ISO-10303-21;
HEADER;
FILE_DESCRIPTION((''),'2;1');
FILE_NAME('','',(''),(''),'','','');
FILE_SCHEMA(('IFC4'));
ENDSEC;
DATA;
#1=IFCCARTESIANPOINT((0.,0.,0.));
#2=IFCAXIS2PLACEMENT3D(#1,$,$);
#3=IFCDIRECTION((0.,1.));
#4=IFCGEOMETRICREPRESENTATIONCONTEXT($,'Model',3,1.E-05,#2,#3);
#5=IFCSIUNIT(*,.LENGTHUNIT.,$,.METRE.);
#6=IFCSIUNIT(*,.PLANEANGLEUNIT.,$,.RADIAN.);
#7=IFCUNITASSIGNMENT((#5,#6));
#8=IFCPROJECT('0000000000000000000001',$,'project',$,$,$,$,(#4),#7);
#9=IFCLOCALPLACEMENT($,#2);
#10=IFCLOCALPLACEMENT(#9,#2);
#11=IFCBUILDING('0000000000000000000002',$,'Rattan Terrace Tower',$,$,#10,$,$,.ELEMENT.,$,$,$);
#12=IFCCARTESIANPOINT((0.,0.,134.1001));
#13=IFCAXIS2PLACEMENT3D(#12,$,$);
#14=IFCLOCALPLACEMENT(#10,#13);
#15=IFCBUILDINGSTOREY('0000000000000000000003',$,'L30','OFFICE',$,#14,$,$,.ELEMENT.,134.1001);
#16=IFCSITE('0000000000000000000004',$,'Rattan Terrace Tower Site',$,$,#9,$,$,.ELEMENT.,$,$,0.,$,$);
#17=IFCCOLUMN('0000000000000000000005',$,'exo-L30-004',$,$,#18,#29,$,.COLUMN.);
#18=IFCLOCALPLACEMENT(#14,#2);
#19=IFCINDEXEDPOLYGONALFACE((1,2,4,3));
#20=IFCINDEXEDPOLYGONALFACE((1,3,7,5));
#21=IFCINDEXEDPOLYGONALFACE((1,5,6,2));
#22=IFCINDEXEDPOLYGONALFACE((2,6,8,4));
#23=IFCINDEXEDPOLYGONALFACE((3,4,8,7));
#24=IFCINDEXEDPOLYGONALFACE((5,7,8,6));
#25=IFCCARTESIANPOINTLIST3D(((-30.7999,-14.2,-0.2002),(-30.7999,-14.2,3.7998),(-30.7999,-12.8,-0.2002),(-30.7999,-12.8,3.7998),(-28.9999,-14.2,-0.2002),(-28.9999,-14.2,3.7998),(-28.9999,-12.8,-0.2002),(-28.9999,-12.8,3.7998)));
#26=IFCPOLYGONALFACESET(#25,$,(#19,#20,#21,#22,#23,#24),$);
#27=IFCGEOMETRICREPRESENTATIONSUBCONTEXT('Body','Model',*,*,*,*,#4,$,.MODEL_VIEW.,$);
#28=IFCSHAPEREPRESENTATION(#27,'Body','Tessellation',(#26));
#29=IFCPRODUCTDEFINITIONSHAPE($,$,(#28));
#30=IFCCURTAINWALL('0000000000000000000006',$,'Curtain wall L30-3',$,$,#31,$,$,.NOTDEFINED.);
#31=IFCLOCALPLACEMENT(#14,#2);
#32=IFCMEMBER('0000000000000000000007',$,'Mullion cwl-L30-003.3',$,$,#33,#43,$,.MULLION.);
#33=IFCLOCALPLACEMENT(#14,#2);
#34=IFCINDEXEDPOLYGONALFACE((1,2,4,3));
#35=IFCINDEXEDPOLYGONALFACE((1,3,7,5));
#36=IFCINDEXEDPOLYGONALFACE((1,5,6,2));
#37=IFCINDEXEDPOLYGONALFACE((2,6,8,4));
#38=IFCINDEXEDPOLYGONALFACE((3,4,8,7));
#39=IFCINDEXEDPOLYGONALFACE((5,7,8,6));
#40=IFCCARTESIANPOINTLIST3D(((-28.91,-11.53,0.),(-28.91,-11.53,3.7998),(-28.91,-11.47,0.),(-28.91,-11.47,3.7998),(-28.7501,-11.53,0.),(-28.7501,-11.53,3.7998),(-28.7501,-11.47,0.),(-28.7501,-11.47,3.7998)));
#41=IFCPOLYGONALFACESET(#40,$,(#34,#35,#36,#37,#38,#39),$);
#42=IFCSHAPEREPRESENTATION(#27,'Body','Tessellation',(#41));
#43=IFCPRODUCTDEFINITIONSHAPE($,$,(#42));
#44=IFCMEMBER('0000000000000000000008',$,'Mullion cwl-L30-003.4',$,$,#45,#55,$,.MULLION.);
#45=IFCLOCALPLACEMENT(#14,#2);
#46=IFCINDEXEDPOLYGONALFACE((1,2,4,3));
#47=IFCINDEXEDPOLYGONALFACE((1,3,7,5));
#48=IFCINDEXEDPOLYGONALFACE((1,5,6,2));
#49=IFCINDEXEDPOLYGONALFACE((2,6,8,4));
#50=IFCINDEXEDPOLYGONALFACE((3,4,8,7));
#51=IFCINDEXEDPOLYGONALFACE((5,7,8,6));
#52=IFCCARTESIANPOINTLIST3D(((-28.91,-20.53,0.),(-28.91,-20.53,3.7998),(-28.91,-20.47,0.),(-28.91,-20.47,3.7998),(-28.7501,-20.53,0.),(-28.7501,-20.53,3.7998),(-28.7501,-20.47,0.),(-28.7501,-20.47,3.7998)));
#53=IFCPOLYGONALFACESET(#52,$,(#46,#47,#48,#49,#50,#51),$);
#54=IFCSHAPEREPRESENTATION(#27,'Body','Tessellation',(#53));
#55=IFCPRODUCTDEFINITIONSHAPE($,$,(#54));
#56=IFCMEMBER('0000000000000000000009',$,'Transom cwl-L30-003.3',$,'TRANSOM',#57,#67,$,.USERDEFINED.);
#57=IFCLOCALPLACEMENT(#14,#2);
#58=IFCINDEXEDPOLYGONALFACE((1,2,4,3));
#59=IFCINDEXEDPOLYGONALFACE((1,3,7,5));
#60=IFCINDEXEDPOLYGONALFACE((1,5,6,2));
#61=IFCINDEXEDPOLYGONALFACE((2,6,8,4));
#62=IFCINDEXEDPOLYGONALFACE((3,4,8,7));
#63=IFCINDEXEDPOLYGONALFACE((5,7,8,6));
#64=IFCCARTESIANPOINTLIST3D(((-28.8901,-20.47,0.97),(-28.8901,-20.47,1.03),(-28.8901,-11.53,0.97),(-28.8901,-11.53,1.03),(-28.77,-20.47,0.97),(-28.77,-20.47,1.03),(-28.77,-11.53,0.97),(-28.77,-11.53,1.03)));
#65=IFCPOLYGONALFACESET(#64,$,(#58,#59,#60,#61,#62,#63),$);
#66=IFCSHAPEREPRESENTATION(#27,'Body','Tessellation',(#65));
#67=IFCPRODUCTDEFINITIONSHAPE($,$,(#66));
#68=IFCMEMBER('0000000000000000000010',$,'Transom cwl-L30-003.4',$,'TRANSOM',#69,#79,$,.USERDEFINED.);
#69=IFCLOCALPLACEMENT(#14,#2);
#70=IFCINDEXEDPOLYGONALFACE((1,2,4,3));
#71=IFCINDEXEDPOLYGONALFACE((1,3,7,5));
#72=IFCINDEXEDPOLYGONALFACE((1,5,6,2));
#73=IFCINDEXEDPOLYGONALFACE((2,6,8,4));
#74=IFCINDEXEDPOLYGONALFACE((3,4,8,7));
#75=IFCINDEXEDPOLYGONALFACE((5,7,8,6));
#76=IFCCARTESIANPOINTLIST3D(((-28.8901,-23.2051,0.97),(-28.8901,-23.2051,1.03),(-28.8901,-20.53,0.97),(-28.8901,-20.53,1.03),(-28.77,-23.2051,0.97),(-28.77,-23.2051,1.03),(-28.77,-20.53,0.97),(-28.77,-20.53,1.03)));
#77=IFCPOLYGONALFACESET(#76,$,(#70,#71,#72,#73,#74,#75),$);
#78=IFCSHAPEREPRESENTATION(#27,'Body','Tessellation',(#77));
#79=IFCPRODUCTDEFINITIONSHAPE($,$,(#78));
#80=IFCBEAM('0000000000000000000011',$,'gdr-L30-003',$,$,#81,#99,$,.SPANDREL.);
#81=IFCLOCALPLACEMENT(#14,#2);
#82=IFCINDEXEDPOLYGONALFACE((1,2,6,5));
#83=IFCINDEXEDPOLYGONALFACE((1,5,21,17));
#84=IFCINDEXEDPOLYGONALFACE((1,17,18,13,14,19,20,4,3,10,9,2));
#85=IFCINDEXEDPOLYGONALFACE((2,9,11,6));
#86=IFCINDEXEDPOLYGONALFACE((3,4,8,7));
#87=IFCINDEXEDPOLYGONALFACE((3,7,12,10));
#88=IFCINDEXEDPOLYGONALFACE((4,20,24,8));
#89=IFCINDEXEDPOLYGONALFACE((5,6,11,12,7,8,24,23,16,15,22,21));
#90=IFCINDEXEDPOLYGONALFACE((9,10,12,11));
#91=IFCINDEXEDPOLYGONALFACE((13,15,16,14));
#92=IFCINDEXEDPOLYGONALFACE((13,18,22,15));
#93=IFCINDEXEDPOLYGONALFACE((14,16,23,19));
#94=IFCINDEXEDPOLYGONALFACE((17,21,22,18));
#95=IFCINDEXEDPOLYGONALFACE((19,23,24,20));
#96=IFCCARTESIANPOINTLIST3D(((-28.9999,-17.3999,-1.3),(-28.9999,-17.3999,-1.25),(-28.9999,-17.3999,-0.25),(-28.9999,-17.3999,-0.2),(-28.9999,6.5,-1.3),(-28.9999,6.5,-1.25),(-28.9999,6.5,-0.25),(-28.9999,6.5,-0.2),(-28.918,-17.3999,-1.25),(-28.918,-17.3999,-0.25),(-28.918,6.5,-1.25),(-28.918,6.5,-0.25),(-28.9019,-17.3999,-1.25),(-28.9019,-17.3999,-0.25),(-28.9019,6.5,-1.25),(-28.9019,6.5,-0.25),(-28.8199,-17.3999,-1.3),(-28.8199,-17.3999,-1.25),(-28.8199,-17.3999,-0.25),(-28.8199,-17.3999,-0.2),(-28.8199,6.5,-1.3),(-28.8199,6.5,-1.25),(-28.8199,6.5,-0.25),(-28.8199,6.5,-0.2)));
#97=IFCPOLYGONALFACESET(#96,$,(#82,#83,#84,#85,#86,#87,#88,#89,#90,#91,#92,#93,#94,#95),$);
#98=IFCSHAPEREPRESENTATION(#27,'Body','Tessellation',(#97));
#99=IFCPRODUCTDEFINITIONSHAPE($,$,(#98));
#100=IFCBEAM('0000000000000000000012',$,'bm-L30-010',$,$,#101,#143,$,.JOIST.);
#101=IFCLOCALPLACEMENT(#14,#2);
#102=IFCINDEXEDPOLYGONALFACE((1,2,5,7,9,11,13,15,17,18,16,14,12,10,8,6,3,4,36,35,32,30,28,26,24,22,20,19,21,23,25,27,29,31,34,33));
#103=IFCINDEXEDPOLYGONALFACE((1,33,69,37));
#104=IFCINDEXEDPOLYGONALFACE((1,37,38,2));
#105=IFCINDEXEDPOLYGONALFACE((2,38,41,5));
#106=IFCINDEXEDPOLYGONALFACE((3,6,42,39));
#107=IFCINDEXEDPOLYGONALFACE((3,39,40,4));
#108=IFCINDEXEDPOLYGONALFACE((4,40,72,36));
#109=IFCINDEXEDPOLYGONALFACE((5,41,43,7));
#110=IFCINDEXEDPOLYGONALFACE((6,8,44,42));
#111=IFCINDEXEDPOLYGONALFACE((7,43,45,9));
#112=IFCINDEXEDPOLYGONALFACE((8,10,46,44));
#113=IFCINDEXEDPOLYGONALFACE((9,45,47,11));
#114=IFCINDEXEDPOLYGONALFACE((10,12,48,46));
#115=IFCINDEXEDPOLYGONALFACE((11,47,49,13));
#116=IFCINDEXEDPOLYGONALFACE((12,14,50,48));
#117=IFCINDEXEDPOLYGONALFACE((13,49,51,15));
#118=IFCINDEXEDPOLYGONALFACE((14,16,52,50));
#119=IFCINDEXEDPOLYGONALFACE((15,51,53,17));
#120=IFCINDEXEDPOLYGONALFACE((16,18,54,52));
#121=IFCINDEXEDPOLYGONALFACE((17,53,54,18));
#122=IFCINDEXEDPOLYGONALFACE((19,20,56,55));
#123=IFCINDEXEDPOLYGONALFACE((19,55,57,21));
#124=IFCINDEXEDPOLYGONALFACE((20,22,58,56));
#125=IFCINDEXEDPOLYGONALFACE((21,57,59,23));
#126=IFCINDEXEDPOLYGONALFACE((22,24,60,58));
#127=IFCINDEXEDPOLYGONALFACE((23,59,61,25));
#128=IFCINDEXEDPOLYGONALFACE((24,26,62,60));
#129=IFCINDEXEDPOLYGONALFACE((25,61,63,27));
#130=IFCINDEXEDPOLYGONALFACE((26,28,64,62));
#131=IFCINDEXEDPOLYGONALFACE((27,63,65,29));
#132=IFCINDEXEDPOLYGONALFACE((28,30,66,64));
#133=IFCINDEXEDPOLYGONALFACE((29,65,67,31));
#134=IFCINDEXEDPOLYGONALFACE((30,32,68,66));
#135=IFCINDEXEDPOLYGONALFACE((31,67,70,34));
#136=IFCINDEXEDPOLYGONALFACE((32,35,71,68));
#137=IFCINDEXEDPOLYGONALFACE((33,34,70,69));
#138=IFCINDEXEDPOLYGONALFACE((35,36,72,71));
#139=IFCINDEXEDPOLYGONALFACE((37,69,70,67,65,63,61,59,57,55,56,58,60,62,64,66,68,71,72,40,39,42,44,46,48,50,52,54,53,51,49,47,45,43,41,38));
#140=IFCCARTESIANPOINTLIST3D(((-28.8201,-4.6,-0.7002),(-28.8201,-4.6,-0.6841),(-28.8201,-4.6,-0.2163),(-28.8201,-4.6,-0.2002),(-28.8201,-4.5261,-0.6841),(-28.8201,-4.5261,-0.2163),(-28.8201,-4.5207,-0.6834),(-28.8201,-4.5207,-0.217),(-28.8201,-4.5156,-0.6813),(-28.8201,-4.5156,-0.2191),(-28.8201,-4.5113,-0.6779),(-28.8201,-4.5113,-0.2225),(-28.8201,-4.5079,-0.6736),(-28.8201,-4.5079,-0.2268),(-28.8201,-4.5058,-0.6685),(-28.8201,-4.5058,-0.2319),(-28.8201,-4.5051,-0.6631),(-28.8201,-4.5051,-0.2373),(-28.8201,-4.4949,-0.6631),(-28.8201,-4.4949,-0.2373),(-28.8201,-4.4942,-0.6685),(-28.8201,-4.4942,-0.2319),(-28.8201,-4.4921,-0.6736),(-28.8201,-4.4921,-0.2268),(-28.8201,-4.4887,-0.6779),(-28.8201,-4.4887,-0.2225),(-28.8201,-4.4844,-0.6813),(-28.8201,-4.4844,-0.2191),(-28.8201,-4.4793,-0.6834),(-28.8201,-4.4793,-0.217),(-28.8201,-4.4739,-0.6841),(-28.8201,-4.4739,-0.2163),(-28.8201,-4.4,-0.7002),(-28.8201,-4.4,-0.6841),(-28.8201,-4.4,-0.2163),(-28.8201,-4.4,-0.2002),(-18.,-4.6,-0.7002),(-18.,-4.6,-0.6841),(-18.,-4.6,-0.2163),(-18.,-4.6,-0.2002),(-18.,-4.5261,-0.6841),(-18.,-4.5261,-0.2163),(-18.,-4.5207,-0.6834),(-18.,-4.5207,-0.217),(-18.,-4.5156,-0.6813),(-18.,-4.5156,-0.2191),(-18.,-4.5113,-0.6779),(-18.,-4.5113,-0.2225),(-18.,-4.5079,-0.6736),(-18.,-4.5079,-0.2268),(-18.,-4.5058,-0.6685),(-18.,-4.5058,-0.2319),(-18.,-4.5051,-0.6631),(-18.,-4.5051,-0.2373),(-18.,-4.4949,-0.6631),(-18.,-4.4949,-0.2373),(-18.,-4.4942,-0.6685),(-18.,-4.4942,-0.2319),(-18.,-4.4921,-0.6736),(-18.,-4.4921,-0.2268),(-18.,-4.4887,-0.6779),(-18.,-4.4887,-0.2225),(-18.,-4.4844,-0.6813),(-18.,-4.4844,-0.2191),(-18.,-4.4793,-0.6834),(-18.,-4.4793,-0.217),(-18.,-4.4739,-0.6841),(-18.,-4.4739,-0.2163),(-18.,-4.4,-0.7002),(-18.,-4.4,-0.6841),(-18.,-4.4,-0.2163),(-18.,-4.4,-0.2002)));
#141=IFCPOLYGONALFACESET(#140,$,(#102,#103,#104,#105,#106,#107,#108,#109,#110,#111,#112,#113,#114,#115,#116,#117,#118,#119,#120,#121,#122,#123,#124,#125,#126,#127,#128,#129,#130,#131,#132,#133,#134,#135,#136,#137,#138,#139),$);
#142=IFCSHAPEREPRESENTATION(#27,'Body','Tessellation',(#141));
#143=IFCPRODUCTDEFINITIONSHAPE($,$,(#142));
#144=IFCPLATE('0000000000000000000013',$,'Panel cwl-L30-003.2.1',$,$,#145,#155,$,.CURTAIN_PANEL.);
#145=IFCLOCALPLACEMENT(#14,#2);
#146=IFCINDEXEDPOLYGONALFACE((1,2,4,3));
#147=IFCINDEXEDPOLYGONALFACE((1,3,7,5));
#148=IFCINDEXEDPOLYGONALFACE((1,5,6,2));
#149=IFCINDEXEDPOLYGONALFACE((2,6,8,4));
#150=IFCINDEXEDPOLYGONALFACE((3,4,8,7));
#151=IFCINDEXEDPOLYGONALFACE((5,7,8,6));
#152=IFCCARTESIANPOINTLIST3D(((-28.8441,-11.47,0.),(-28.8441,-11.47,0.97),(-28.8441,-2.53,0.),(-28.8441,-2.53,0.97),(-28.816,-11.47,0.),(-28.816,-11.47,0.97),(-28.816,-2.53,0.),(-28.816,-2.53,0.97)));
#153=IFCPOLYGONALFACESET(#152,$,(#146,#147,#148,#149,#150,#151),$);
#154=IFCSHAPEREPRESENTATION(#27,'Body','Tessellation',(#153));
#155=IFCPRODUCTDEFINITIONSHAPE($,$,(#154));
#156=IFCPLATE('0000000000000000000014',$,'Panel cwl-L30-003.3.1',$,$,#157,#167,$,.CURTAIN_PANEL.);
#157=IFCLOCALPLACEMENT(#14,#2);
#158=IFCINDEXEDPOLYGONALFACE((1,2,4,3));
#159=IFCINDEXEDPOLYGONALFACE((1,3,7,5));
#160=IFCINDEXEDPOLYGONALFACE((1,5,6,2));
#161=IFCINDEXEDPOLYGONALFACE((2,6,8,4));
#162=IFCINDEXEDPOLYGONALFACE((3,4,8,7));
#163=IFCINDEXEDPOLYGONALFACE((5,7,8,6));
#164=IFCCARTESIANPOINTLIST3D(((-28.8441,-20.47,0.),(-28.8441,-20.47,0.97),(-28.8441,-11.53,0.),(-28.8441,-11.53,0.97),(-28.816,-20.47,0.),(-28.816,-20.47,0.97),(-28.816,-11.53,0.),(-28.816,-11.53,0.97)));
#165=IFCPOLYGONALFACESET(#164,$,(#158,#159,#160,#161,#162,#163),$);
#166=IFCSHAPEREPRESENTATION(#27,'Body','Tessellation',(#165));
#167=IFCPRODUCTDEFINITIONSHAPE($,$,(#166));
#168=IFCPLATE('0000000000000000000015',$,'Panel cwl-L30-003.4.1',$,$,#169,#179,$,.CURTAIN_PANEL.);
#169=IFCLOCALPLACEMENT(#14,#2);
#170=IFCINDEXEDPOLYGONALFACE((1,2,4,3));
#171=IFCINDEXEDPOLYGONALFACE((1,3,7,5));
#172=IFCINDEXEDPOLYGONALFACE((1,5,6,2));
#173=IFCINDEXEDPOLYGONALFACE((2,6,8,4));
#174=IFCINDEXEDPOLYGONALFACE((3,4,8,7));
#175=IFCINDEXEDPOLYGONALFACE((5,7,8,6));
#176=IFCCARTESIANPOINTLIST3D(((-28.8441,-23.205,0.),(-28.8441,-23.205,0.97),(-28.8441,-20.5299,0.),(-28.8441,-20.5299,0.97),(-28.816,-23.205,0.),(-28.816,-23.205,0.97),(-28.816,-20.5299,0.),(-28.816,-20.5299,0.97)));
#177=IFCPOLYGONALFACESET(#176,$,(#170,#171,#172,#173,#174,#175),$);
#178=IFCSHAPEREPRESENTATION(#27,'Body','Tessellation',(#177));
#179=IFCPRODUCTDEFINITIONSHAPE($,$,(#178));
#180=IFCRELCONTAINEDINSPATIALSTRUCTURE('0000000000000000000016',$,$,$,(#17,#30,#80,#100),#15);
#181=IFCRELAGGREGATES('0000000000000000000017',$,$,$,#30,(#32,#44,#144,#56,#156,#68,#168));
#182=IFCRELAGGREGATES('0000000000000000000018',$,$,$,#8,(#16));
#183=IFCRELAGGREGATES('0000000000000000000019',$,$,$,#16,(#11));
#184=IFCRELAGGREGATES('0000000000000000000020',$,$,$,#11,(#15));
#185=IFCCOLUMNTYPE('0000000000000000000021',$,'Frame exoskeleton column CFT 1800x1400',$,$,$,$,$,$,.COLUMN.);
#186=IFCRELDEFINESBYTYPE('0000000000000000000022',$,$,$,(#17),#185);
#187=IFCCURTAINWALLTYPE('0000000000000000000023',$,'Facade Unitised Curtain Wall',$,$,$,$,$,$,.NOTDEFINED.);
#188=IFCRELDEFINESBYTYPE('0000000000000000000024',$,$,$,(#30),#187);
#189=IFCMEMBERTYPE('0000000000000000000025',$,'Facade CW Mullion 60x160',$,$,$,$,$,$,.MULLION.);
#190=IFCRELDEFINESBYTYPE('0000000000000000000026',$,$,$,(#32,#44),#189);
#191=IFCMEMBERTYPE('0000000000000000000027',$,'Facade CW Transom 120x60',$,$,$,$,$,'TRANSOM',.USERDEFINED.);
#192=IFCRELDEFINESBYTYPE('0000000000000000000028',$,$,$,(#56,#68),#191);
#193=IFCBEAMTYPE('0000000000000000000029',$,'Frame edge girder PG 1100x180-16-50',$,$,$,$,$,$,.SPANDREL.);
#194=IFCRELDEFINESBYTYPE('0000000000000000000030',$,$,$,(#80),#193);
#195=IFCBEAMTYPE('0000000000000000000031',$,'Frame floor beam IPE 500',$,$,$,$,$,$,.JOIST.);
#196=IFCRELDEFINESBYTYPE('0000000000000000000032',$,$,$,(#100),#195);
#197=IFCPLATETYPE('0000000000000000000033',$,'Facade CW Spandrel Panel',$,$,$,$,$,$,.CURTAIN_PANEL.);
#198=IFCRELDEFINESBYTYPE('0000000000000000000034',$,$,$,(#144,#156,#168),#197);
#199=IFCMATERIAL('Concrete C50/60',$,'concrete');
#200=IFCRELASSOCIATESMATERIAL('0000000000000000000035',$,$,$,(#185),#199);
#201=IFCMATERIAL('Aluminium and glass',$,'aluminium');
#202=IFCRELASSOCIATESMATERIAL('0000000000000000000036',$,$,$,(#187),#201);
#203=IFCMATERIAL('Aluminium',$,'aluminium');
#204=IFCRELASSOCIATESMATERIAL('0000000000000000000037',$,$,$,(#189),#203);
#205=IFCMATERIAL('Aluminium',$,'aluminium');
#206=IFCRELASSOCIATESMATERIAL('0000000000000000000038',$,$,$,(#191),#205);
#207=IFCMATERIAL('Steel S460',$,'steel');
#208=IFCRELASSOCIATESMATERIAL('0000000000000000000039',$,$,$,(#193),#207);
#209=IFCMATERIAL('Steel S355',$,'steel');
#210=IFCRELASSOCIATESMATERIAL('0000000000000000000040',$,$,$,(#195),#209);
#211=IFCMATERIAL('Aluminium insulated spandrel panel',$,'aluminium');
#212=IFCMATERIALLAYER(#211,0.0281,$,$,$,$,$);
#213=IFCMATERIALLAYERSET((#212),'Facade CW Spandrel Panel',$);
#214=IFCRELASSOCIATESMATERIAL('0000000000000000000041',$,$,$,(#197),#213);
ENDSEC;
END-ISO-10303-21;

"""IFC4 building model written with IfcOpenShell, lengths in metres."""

from ifc_helpers import new_model, si_unit, direction, frame, origin, origin_2d, place, context, subcontext, project, spatial, rectangle, i_section, extrude, material, layer, layer_set, material_profile, profile_set, type_object, element, aggregate, save


model = new_model("IFC4")

# Units and contexts
model_context = context("Model", 3, precision=1e-05, world=origin(), true_north=direction((0.0, 1.0)))
body_context = subcontext(model_context, "Body", "Model", "MODEL_VIEW")
ifc_project = project(units=[si_unit("LENGTHUNIT", "METRE"), si_unit("PLANEANGLEUNIT", "RADIAN")], contexts=[model_context])

# Site, building, storey
site_placement = place(None, origin())
site = spatial("IfcSite", under=ifc_project, at=site_placement, Name="Rattan Terrace Tower Site", CompositionType="ELEMENT", RefElevation=0.0)
building_placement = place(site_placement, origin())
building = spatial("IfcBuilding", under=site, at=building_placement, Name="Rattan Terrace Tower", CompositionType="ELEMENT")
storey_placement = place(building_placement, frame((0.0, 0.0, 134.1001)))
storey = spatial("IfcBuildingStorey", under=building, at=storey_placement, Name="L30", Description="OFFICE", CompositionType="ELEMENT", Elevation=134.1001)

# Column
ifc_material_1 = material(Name="Concrete C50/60", Category="concrete")
ifc_material_profile_1 = material_profile(ifc_material_1, rectangle(XDim=1.3999, YDim=1.8, at=origin_2d()), Name="CFT 1800x1400")
ifc_profile_set_1 = profile_set([ifc_material_profile_1], Name="Concrete C50/60")
column_type = type_object("IfcColumnType", Name="Frame exoskeleton column CFT 1800x1400", PredefinedType="COLUMN", material=ifc_profile_set_1)
column_placement = place(storey_placement, frame((-29.8999, -13.5, -0.2002), z_axis=(0.0, 0.0, 1.0), x_axis=(0.0, 1.0, 0.0)))
element("IfcColumn", 1, at=column_placement, inside=storey, type_object=column_type, Name="exo-L30-004", PredefinedType="COLUMN", context=body_context, shape_type="SweptSolid", body=[
    extrude(rectangle(XDim=1.3999, YDim=1.8, at=origin_2d()), origin(), (0.0, 0.0, 1.0), 4.0),
])

# Curtain wall, members
ifc_material_2 = material(Name="Aluminium and glass", Category="aluminium")
curtain_wall_type = type_object("IfcCurtainWallType", Name="Facade Unitised Curtain Wall", PredefinedType="NOTDEFINED", material=ifc_material_2)
curtain_wall_placement = place(storey_placement, origin())
curtain_wall = element("IfcCurtainWall", 2, at=curtain_wall_placement, inside=storey, type_object=curtain_wall_type, Name="Curtain wall L30-3", PredefinedType="NOTDEFINED")
ifc_material_3 = material(Name="Aluminium", Category="aluminium")
ifc_material_profile_2 = material_profile(ifc_material_3, rectangle(XDim=0.0601, YDim=0.1599, at=origin_2d()), Name="Aluminium 60x160")
ifc_profile_set_2 = profile_set([ifc_material_profile_2], Name="Aluminium")
member_type_1 = type_object("IfcMemberType", Name="Facade CW Mullion 60x160", PredefinedType="MULLION", material=ifc_profile_set_2)
member_1_placement = place(storey_placement, frame((-28.8301, -11.5, 0.0), z_axis=(0.0, 0.0, 1.0), x_axis=(0.0, -1.0, 0.0)))
member_1 = element("IfcMember", 3, at=member_1_placement, type_object=member_type_1, Name="Mullion cwl-L30-003.3", PredefinedType="MULLION", context=body_context, shape_type="SweptSolid", body=[
    extrude(rectangle(XDim=0.0601, YDim=0.1599, at=origin_2d()), origin(), (0.0, 0.0, 1.0), 3.7998),
])
member_2_placement = place(storey_placement, frame((-28.8301, -20.5, 0.0), z_axis=(0.0, 0.0, 1.0), x_axis=(0.0, -1.0, 0.0)))
member_2 = element("IfcMember", 4, at=member_2_placement, type_object=member_type_1, Name="Mullion cwl-L30-003.4", PredefinedType="MULLION", context=body_context, shape_type="SweptSolid", body=[
    extrude(rectangle(XDim=0.0601, YDim=0.1599, at=origin_2d()), origin(), (0.0, 0.0, 1.0), 3.7998),
])
ifc_material_4 = material(Name="Aluminium", Category="aluminium")
ifc_material_profile_3 = material_profile(ifc_material_4, rectangle(XDim=0.1201, YDim=0.0601, at=origin_2d()), Name="Aluminium 120x60")
ifc_profile_set_3 = profile_set([ifc_material_profile_3], Name="Aluminium")
member_type_2 = type_object("IfcMemberType", Name="Facade CW Transom 120x60", ElementType="TRANSOM", PredefinedType="USERDEFINED", material=ifc_profile_set_3)
member_3_placement = place(storey_placement, frame((-28.8301, -11.53, 1.0), z_axis=(0.0, -1.0, 0.0), x_axis=(1.0, 0.0, 0.0)))
member_3 = element("IfcMember", 5, at=member_3_placement, type_object=member_type_2, Name="Transom cwl-L30-003.3", ObjectType="TRANSOM", PredefinedType="USERDEFINED", context=body_context, shape_type="SweptSolid", body=[
    extrude(rectangle(XDim=0.1201, YDim=0.0601, at=origin_2d()), origin(), (0.0, 0.0, 1.0), 8.9399),
])
member_4_placement = place(storey_placement, frame((-28.8301, -20.53, 1.0), z_axis=(0.0, -1.0, 0.0), x_axis=(1.0, 0.0, 0.0)))
member_4 = element("IfcMember", 6, at=member_4_placement, type_object=member_type_2, Name="Transom cwl-L30-003.4", ObjectType="TRANSOM", PredefinedType="USERDEFINED", context=body_context, shape_type="SweptSolid", body=[
    extrude(rectangle(XDim=0.1201, YDim=0.0601, at=origin_2d()), origin(), (0.0, 0.0, 1.0), 2.675),
])

# Beams
ifc_material_5 = material(Name="Steel S460", Category="steel")
ifc_material_profile_4 = material_profile(ifc_material_5, i_section(OverallWidth=0.1799, OverallDepth=1.1001, WebThickness=0.0161, FlangeThickness=0.05, at=origin_2d()), Name="PG 1100x180-16-50")
ifc_profile_set_4 = profile_set([ifc_material_profile_4], Name="Steel S460")
beam_type_1 = type_object("IfcBeamType", Name="Frame edge girder PG 1100x180-16-50", PredefinedType="SPANDREL", material=ifc_profile_set_4)
beam_1_placement = place(storey_placement, frame((-28.9099, -17.3999, -0.75), z_axis=(0.0, 1.0, 0.0), x_axis=(-1.0, 0.0, 0.0)))
element("IfcBeam", 7, at=beam_1_placement, inside=storey, type_object=beam_type_1, Name="gdr-L30-003", PredefinedType="SPANDREL", context=body_context, shape_type="SweptSolid", body=[
    extrude(i_section(OverallWidth=0.1799, OverallDepth=1.1001, WebThickness=0.0161, FlangeThickness=0.05, at=origin_2d()), origin(), (0.0, 0.0, 1.0), 23.8999),
])
ifc_material_6 = material(Name="Steel S355", Category="steel")
ifc_material_profile_5 = material_profile(ifc_material_6, i_section(OverallWidth=0.2, OverallDepth=0.5, WebThickness=0.0103, FlangeThickness=0.0161, FilletRadius=0.021, at=origin_2d()), Name="IPE 500")
ifc_profile_set_5 = profile_set([ifc_material_profile_5], Name="Steel S355")
beam_type_2 = type_object("IfcBeamType", Name="Frame floor beam IPE 500", PredefinedType="JOIST", material=ifc_profile_set_5)
beam_2_placement = place(storey_placement, frame((-28.8201, -4.5, -0.4502), z_axis=(1.0, 0.0, 0.0), x_axis=(0.0, 1.0, 0.0)))
element("IfcBeam", 8, at=beam_2_placement, inside=storey, type_object=beam_type_2, Name="bm-L30-010", PredefinedType="JOIST", context=body_context, shape_type="SweptSolid", body=[
    extrude(i_section(OverallWidth=0.2, OverallDepth=0.5, WebThickness=0.0103, FlangeThickness=0.0161, FilletRadius=0.021, at=origin_2d()), origin(), (0.0, 0.0, 1.0), 10.8201),
])

# Plates
ifc_material_7 = material(Name="Aluminium insulated spandrel panel", Category="aluminium")
ifc_layer_1 = layer(ifc_material_7, 0.0281)
ifc_layer_set_1 = layer_set([ifc_layer_1], Name="Facade CW Spandrel Panel")
plate_type_1 = type_object("IfcPlateType", Name="Facade CW Spandrel Panel", PredefinedType="CURTAIN_PANEL", material=ifc_layer_set_1)
plate_1_placement = place(storey_placement, frame((-28.8301, -7.0, 0.0), z_axis=(0.0, 0.0, 1.0), x_axis=(0.0, -1.0, 0.0)))
plate_1 = element("IfcPlate", 9, at=plate_1_placement, type_object=plate_type_1, Name="Panel cwl-L30-003.2.1", PredefinedType="CURTAIN_PANEL", context=body_context, shape_type="SweptSolid", body=[
    extrude(rectangle(XDim=8.9399, YDim=0.0281, at=origin_2d()), origin(), (0.0, 0.0, 1.0), 0.97),
])
plate_2_placement = place(storey_placement, frame((-28.8301, -16.0, 0.0), z_axis=(0.0, 0.0, 1.0), x_axis=(0.0, -1.0, 0.0)))
plate_2 = element("IfcPlate", 10, at=plate_2_placement, type_object=plate_type_1, Name="Panel cwl-L30-003.3.1", PredefinedType="CURTAIN_PANEL", context=body_context, shape_type="SweptSolid", body=[
    extrude(rectangle(XDim=8.9399, YDim=0.0281, at=origin_2d()), origin(), (0.0, 0.0, 1.0), 0.97),
])
plate_3_placement = place(storey_placement, frame((-28.8301, -21.8674, 0.0), z_axis=(0.0, 0.0, 1.0), x_axis=(0.0, -1.0, 0.0)))
plate_3 = element("IfcPlate", 11, at=plate_3_placement, type_object=plate_type_1, Name="Panel cwl-L30-003.4.1", PredefinedType="CURTAIN_PANEL", context=body_context, shape_type="SweptSolid", body=[
    extrude(rectangle(XDim=2.675, YDim=0.0281, at=origin_2d()), origin(), (0.0, 0.0, 1.0), 0.97),
])
aggregate(curtain_wall, [member_1, member_2, plate_1, member_3, plate_2, member_4, plate_3])

save(model, "model.ifc")
